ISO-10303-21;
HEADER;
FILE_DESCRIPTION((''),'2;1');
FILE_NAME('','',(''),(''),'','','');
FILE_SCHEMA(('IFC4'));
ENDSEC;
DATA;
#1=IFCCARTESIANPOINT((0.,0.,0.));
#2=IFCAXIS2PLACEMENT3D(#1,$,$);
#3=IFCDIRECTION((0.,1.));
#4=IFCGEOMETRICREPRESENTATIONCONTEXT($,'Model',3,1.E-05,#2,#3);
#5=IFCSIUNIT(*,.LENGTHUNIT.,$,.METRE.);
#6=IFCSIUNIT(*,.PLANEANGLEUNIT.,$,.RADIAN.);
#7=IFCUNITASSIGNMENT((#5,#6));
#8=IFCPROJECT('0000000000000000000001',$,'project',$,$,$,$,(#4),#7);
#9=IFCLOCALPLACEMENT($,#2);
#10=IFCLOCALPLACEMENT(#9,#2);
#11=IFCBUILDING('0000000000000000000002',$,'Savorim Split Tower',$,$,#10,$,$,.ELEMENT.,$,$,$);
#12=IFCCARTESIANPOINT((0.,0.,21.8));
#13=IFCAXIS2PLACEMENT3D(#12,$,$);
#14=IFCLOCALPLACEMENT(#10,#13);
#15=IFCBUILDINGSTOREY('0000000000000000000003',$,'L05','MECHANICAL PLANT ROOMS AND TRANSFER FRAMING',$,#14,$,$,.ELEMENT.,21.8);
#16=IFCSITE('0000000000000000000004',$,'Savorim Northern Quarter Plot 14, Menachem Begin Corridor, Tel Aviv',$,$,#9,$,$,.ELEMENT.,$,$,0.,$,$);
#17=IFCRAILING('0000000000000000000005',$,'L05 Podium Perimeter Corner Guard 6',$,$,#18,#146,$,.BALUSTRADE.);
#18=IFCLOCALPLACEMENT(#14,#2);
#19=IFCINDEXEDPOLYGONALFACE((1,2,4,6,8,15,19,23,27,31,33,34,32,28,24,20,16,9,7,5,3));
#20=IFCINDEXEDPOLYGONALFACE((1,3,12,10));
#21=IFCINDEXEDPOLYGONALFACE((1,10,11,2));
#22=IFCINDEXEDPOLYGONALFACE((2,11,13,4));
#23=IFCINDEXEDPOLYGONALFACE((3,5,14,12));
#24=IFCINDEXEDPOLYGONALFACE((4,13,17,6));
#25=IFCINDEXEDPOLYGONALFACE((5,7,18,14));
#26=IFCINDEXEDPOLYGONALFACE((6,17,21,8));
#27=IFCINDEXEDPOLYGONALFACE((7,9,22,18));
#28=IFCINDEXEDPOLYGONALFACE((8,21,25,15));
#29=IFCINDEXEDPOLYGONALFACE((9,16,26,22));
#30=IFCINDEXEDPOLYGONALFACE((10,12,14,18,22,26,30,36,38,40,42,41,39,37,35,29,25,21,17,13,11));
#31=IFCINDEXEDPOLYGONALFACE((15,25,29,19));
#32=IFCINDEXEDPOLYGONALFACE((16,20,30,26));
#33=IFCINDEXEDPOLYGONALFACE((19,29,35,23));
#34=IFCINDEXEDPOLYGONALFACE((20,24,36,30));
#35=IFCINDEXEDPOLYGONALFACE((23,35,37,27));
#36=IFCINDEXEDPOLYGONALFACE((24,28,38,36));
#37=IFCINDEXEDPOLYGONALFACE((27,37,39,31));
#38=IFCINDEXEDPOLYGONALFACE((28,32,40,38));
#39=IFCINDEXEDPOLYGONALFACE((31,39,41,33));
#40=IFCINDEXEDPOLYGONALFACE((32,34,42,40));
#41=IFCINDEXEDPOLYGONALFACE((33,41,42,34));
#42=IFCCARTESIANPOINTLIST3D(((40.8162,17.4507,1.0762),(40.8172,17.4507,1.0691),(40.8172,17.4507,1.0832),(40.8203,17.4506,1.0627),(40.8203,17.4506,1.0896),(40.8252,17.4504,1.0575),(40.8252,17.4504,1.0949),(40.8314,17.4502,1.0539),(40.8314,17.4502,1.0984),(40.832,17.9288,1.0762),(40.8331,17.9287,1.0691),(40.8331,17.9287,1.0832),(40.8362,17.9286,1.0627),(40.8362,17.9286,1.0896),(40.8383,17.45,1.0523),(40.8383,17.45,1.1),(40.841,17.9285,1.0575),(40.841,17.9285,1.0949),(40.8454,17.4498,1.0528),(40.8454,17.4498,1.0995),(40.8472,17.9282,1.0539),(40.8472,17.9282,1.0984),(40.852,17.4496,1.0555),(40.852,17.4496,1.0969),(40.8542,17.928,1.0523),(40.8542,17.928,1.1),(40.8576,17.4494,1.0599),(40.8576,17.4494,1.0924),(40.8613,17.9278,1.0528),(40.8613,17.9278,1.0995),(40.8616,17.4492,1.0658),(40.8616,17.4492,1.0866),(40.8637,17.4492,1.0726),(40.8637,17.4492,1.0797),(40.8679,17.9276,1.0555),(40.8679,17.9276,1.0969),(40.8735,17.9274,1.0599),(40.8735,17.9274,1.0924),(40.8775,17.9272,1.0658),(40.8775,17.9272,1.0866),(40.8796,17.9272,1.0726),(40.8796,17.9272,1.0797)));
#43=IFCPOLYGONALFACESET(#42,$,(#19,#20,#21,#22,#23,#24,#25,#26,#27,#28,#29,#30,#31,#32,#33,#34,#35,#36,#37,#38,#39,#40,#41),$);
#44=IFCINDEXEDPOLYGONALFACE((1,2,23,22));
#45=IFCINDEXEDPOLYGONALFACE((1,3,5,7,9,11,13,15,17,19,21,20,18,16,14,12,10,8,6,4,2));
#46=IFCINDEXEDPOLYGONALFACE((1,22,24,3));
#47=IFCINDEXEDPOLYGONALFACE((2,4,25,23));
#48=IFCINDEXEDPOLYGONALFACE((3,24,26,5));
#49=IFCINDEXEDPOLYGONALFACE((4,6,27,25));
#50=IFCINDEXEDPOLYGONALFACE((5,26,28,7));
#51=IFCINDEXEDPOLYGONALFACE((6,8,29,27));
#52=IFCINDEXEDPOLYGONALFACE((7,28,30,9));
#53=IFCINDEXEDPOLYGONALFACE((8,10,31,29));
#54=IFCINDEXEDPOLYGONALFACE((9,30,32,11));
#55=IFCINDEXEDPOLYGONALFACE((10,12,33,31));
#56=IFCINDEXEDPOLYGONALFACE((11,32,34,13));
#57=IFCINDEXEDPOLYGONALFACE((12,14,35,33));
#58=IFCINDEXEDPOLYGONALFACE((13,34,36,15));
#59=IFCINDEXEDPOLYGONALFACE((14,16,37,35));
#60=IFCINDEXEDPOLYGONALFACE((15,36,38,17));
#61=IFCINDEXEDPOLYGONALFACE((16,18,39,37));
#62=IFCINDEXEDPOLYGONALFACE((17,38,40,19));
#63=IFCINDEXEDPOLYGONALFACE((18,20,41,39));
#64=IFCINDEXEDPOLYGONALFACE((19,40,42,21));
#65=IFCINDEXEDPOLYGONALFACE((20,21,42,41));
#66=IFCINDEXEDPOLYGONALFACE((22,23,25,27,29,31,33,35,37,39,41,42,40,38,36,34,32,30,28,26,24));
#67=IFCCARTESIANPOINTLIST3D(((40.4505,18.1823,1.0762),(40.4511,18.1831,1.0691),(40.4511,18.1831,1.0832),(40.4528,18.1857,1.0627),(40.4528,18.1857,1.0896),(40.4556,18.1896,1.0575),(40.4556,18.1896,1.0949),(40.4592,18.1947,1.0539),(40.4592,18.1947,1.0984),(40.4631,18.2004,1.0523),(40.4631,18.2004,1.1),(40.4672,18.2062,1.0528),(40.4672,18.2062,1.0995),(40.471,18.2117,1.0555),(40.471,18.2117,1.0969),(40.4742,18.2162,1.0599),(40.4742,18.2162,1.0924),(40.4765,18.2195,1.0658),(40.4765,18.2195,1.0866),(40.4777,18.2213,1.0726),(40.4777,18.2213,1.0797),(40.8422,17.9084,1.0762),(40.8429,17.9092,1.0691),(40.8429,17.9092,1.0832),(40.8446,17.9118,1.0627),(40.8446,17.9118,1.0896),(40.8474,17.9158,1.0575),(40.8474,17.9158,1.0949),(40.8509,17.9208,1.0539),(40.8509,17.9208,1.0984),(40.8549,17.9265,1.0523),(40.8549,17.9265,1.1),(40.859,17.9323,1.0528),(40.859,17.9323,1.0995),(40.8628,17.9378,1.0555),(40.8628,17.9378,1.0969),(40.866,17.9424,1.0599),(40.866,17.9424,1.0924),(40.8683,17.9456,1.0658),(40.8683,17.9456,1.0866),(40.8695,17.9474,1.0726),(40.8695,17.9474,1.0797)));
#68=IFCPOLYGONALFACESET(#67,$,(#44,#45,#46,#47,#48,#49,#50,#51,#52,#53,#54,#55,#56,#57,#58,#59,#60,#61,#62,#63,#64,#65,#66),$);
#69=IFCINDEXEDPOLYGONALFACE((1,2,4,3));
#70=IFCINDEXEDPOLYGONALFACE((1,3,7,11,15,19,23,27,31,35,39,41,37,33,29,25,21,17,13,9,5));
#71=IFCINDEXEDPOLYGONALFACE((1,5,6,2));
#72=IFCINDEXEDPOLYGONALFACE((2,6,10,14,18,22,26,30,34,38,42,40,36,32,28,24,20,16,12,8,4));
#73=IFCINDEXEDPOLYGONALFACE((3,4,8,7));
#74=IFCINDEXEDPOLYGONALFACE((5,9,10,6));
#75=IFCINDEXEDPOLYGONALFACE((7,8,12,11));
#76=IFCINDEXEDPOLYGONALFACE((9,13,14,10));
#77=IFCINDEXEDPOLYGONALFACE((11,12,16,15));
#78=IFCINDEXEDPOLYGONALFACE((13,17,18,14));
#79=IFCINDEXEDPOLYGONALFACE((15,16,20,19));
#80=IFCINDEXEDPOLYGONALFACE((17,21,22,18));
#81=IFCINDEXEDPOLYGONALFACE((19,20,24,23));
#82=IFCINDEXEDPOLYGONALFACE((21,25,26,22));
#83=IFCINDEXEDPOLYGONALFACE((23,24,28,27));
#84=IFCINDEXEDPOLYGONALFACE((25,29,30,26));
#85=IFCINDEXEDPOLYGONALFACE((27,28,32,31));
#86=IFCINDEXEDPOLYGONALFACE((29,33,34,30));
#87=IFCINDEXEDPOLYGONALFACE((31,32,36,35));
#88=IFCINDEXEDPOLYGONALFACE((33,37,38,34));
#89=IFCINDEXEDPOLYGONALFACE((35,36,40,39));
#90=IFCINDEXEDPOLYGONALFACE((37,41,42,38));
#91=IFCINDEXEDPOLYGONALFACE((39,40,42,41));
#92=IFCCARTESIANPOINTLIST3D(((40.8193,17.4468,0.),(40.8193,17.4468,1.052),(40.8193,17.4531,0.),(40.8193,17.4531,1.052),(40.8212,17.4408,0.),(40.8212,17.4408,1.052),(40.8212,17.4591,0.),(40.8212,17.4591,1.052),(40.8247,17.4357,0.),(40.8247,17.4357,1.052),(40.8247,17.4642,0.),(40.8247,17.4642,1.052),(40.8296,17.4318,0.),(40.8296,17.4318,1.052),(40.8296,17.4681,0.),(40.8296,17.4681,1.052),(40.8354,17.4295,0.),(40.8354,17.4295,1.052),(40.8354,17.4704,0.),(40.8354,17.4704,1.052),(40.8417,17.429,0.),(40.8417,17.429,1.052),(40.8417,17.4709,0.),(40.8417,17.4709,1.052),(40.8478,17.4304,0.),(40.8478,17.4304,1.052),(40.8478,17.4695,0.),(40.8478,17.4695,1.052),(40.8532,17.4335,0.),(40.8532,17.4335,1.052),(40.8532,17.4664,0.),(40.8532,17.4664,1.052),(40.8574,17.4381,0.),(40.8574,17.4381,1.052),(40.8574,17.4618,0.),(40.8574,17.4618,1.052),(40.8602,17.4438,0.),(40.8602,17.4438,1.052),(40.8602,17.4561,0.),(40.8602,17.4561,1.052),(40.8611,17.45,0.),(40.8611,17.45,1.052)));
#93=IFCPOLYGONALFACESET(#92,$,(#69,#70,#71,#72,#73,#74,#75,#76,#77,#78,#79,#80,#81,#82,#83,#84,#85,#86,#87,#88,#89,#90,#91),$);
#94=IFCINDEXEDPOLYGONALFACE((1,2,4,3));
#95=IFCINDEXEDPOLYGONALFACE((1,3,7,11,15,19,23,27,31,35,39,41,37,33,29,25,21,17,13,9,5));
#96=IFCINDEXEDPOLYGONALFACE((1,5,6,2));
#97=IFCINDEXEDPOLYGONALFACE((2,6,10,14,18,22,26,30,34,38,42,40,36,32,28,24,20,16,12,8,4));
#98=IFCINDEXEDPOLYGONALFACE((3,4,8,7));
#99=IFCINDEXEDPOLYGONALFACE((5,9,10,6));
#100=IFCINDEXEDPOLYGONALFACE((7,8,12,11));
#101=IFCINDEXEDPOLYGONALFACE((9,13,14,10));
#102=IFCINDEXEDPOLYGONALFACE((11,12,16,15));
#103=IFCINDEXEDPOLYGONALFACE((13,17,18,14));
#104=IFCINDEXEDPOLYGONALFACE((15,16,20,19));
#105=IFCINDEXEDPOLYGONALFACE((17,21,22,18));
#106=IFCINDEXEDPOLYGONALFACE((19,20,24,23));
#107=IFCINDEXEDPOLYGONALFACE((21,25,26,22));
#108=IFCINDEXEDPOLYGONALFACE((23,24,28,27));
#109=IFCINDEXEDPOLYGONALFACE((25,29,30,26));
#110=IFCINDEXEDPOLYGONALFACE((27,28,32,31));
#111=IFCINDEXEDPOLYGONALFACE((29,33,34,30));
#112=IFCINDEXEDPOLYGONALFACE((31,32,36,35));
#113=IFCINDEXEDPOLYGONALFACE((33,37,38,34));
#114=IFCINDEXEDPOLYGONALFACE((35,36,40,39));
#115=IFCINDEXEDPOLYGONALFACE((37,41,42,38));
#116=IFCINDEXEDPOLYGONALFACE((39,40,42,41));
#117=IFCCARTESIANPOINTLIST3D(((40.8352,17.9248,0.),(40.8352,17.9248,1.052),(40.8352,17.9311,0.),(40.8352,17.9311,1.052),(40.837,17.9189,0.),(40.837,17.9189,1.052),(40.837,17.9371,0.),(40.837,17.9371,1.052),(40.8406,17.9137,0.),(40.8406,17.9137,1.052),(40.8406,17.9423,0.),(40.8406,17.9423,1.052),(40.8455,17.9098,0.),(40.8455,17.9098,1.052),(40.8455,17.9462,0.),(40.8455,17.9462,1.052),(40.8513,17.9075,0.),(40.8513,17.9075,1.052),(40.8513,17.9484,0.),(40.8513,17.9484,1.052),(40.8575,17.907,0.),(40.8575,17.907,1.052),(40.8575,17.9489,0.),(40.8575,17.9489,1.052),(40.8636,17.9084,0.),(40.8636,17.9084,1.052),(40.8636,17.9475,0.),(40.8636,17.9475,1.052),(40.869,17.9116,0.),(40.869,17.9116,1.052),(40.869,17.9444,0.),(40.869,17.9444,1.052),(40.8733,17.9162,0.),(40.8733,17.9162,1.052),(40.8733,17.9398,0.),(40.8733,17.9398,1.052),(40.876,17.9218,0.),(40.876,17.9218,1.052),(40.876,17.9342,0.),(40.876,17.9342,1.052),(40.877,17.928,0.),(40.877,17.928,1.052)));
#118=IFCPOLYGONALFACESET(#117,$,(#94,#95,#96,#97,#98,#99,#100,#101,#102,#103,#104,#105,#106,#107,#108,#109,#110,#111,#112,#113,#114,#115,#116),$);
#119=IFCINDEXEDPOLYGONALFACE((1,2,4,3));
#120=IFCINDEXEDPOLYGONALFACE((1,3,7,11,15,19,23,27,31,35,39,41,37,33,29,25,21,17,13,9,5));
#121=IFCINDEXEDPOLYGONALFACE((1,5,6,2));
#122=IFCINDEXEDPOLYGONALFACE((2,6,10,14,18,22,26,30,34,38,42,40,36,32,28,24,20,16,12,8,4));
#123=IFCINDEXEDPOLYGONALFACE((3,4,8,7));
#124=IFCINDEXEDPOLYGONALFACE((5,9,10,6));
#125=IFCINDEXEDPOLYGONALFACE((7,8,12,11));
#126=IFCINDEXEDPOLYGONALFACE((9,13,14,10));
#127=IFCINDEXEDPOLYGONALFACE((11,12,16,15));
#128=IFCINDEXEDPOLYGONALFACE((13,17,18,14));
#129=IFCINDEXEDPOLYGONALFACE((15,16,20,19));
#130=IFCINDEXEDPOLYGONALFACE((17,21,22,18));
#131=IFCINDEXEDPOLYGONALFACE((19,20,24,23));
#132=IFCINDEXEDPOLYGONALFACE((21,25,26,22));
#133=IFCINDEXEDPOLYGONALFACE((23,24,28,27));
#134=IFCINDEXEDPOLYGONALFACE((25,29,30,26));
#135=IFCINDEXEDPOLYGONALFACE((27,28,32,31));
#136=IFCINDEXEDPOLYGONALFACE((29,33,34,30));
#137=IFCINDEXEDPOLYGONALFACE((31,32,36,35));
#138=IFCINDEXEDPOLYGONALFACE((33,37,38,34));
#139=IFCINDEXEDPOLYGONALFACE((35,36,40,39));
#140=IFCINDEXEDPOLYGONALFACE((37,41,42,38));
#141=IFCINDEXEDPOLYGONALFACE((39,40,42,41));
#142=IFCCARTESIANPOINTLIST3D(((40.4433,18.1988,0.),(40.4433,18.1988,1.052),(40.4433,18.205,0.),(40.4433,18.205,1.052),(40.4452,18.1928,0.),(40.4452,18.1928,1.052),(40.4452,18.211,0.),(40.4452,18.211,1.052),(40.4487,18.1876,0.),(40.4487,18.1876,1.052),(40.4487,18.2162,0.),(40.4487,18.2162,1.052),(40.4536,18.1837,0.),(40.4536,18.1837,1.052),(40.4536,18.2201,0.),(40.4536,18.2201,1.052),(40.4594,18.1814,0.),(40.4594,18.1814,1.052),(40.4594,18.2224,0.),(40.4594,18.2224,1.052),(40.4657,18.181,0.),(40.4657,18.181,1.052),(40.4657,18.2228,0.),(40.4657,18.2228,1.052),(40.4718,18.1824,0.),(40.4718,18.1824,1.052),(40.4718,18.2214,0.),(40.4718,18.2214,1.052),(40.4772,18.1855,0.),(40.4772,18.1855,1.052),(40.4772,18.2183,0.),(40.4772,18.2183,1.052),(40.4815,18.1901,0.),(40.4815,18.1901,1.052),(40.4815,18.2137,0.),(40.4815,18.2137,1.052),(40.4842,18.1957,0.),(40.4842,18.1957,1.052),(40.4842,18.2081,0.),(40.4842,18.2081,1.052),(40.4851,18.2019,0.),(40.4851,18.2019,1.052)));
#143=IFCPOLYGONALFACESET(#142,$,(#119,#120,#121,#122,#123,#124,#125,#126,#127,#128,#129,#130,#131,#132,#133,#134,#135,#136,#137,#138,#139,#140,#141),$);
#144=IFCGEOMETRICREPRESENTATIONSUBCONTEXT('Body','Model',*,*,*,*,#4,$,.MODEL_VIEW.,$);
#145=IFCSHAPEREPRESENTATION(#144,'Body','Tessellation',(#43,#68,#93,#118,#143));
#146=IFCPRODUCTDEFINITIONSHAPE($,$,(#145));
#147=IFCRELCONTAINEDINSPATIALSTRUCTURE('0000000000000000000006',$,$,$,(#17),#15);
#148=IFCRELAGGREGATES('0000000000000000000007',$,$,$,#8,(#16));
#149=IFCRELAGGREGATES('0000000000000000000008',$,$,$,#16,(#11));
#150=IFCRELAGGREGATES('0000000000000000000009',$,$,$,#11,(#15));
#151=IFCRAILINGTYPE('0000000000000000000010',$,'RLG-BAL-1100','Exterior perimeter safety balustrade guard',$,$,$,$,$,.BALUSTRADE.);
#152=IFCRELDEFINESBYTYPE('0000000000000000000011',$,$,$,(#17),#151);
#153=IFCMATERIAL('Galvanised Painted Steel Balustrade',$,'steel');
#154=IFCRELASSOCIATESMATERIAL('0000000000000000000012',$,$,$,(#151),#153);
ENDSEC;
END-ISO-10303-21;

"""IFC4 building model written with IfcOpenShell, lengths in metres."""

from ifc_helpers import new_model, si_unit, direction, frame, origin, origin_2d, place, context, subcontext, project, spatial, circle, extrude, material, type_object, element, save


model = new_model("IFC4")

# Units and contexts
model_context = context("Model", 3, precision=1e-05, world=origin(), true_north=direction((0.0, 1.0)))
body_context = subcontext(model_context, "Body", "Model", "MODEL_VIEW")
ifc_project = project(units=[si_unit("LENGTHUNIT", "METRE"), si_unit("PLANEANGLEUNIT", "RADIAN")], contexts=[model_context])

# Site, building, storey
site_placement = place(None, origin())
site = spatial("IfcSite", under=ifc_project, at=site_placement, Name="Savorim Northern Quarter Plot 14, Menachem Begin Corridor, Tel Aviv", CompositionType="ELEMENT", RefElevation=0.0)
building_placement = place(site_placement, origin())
building = spatial("IfcBuilding", under=site, at=building_placement, Name="Savorim Split Tower", CompositionType="ELEMENT")
storey_placement = place(building_placement, frame((0.0, 0.0, 21.8)))
storey = spatial("IfcBuildingStorey", under=building, at=storey_placement, Name="L05", Description="MECHANICAL PLANT ROOMS AND TRANSFER FRAMING", CompositionType="ELEMENT", Elevation=21.8)

# Railing
ifc_material_1 = material(Name="Galvanised Painted Steel Balustrade", Category="steel")
railing_type_1 = type_object("IfcRailingType", Name="RLG-BAL-1100", Description="Exterior perimeter safety balustrade guard", PredefinedType="BALUSTRADE", material=ifc_material_1)
railing_1_placement = place(storey_placement, frame((40.8401, 17.45, 0.0)))
element("IfcRailing", 1, at=railing_1_placement, inside=storey, type_object=railing_type_1, Name="L05 Podium Perimeter Corner Guard 6", PredefinedType="BALUSTRADE", context=body_context, shape_type="SweptSolid", body=[
    extrude(circle(Radius=0.0239, at=origin_2d()), frame((0.0, 0.0, 1.0762), z_axis=(0.033179, 0.999449, 0.0), x_axis=(-0.999449, 0.033179, 0.0)), (0.0, 0.0, 1.0), 0.4783),
    extrude(circle(Radius=0.0239, at=origin_2d()), frame((0.0159, 0.478, 1.0762), z_axis=(-0.819592, 0.572948, 0.0), x_axis=(-0.572948, -0.819592, 0.0)), (0.0, 0.0, 1.0), 0.478),
    extrude(circle(Radius=0.021, at=origin_2d()), origin(), (0.0, 0.0, 1.0), 1.052),
    extrude(circle(Radius=0.021, at=origin_2d()), frame((0.0159, 0.478, 0.0)), (0.0, 0.0, 1.0), 1.052),
    extrude(circle(Radius=0.021, at=origin_2d()), frame((-0.376, 0.752, 0.0)), (0.0, 0.0, 1.0), 1.052),
])

save(model, "model.ifc")
